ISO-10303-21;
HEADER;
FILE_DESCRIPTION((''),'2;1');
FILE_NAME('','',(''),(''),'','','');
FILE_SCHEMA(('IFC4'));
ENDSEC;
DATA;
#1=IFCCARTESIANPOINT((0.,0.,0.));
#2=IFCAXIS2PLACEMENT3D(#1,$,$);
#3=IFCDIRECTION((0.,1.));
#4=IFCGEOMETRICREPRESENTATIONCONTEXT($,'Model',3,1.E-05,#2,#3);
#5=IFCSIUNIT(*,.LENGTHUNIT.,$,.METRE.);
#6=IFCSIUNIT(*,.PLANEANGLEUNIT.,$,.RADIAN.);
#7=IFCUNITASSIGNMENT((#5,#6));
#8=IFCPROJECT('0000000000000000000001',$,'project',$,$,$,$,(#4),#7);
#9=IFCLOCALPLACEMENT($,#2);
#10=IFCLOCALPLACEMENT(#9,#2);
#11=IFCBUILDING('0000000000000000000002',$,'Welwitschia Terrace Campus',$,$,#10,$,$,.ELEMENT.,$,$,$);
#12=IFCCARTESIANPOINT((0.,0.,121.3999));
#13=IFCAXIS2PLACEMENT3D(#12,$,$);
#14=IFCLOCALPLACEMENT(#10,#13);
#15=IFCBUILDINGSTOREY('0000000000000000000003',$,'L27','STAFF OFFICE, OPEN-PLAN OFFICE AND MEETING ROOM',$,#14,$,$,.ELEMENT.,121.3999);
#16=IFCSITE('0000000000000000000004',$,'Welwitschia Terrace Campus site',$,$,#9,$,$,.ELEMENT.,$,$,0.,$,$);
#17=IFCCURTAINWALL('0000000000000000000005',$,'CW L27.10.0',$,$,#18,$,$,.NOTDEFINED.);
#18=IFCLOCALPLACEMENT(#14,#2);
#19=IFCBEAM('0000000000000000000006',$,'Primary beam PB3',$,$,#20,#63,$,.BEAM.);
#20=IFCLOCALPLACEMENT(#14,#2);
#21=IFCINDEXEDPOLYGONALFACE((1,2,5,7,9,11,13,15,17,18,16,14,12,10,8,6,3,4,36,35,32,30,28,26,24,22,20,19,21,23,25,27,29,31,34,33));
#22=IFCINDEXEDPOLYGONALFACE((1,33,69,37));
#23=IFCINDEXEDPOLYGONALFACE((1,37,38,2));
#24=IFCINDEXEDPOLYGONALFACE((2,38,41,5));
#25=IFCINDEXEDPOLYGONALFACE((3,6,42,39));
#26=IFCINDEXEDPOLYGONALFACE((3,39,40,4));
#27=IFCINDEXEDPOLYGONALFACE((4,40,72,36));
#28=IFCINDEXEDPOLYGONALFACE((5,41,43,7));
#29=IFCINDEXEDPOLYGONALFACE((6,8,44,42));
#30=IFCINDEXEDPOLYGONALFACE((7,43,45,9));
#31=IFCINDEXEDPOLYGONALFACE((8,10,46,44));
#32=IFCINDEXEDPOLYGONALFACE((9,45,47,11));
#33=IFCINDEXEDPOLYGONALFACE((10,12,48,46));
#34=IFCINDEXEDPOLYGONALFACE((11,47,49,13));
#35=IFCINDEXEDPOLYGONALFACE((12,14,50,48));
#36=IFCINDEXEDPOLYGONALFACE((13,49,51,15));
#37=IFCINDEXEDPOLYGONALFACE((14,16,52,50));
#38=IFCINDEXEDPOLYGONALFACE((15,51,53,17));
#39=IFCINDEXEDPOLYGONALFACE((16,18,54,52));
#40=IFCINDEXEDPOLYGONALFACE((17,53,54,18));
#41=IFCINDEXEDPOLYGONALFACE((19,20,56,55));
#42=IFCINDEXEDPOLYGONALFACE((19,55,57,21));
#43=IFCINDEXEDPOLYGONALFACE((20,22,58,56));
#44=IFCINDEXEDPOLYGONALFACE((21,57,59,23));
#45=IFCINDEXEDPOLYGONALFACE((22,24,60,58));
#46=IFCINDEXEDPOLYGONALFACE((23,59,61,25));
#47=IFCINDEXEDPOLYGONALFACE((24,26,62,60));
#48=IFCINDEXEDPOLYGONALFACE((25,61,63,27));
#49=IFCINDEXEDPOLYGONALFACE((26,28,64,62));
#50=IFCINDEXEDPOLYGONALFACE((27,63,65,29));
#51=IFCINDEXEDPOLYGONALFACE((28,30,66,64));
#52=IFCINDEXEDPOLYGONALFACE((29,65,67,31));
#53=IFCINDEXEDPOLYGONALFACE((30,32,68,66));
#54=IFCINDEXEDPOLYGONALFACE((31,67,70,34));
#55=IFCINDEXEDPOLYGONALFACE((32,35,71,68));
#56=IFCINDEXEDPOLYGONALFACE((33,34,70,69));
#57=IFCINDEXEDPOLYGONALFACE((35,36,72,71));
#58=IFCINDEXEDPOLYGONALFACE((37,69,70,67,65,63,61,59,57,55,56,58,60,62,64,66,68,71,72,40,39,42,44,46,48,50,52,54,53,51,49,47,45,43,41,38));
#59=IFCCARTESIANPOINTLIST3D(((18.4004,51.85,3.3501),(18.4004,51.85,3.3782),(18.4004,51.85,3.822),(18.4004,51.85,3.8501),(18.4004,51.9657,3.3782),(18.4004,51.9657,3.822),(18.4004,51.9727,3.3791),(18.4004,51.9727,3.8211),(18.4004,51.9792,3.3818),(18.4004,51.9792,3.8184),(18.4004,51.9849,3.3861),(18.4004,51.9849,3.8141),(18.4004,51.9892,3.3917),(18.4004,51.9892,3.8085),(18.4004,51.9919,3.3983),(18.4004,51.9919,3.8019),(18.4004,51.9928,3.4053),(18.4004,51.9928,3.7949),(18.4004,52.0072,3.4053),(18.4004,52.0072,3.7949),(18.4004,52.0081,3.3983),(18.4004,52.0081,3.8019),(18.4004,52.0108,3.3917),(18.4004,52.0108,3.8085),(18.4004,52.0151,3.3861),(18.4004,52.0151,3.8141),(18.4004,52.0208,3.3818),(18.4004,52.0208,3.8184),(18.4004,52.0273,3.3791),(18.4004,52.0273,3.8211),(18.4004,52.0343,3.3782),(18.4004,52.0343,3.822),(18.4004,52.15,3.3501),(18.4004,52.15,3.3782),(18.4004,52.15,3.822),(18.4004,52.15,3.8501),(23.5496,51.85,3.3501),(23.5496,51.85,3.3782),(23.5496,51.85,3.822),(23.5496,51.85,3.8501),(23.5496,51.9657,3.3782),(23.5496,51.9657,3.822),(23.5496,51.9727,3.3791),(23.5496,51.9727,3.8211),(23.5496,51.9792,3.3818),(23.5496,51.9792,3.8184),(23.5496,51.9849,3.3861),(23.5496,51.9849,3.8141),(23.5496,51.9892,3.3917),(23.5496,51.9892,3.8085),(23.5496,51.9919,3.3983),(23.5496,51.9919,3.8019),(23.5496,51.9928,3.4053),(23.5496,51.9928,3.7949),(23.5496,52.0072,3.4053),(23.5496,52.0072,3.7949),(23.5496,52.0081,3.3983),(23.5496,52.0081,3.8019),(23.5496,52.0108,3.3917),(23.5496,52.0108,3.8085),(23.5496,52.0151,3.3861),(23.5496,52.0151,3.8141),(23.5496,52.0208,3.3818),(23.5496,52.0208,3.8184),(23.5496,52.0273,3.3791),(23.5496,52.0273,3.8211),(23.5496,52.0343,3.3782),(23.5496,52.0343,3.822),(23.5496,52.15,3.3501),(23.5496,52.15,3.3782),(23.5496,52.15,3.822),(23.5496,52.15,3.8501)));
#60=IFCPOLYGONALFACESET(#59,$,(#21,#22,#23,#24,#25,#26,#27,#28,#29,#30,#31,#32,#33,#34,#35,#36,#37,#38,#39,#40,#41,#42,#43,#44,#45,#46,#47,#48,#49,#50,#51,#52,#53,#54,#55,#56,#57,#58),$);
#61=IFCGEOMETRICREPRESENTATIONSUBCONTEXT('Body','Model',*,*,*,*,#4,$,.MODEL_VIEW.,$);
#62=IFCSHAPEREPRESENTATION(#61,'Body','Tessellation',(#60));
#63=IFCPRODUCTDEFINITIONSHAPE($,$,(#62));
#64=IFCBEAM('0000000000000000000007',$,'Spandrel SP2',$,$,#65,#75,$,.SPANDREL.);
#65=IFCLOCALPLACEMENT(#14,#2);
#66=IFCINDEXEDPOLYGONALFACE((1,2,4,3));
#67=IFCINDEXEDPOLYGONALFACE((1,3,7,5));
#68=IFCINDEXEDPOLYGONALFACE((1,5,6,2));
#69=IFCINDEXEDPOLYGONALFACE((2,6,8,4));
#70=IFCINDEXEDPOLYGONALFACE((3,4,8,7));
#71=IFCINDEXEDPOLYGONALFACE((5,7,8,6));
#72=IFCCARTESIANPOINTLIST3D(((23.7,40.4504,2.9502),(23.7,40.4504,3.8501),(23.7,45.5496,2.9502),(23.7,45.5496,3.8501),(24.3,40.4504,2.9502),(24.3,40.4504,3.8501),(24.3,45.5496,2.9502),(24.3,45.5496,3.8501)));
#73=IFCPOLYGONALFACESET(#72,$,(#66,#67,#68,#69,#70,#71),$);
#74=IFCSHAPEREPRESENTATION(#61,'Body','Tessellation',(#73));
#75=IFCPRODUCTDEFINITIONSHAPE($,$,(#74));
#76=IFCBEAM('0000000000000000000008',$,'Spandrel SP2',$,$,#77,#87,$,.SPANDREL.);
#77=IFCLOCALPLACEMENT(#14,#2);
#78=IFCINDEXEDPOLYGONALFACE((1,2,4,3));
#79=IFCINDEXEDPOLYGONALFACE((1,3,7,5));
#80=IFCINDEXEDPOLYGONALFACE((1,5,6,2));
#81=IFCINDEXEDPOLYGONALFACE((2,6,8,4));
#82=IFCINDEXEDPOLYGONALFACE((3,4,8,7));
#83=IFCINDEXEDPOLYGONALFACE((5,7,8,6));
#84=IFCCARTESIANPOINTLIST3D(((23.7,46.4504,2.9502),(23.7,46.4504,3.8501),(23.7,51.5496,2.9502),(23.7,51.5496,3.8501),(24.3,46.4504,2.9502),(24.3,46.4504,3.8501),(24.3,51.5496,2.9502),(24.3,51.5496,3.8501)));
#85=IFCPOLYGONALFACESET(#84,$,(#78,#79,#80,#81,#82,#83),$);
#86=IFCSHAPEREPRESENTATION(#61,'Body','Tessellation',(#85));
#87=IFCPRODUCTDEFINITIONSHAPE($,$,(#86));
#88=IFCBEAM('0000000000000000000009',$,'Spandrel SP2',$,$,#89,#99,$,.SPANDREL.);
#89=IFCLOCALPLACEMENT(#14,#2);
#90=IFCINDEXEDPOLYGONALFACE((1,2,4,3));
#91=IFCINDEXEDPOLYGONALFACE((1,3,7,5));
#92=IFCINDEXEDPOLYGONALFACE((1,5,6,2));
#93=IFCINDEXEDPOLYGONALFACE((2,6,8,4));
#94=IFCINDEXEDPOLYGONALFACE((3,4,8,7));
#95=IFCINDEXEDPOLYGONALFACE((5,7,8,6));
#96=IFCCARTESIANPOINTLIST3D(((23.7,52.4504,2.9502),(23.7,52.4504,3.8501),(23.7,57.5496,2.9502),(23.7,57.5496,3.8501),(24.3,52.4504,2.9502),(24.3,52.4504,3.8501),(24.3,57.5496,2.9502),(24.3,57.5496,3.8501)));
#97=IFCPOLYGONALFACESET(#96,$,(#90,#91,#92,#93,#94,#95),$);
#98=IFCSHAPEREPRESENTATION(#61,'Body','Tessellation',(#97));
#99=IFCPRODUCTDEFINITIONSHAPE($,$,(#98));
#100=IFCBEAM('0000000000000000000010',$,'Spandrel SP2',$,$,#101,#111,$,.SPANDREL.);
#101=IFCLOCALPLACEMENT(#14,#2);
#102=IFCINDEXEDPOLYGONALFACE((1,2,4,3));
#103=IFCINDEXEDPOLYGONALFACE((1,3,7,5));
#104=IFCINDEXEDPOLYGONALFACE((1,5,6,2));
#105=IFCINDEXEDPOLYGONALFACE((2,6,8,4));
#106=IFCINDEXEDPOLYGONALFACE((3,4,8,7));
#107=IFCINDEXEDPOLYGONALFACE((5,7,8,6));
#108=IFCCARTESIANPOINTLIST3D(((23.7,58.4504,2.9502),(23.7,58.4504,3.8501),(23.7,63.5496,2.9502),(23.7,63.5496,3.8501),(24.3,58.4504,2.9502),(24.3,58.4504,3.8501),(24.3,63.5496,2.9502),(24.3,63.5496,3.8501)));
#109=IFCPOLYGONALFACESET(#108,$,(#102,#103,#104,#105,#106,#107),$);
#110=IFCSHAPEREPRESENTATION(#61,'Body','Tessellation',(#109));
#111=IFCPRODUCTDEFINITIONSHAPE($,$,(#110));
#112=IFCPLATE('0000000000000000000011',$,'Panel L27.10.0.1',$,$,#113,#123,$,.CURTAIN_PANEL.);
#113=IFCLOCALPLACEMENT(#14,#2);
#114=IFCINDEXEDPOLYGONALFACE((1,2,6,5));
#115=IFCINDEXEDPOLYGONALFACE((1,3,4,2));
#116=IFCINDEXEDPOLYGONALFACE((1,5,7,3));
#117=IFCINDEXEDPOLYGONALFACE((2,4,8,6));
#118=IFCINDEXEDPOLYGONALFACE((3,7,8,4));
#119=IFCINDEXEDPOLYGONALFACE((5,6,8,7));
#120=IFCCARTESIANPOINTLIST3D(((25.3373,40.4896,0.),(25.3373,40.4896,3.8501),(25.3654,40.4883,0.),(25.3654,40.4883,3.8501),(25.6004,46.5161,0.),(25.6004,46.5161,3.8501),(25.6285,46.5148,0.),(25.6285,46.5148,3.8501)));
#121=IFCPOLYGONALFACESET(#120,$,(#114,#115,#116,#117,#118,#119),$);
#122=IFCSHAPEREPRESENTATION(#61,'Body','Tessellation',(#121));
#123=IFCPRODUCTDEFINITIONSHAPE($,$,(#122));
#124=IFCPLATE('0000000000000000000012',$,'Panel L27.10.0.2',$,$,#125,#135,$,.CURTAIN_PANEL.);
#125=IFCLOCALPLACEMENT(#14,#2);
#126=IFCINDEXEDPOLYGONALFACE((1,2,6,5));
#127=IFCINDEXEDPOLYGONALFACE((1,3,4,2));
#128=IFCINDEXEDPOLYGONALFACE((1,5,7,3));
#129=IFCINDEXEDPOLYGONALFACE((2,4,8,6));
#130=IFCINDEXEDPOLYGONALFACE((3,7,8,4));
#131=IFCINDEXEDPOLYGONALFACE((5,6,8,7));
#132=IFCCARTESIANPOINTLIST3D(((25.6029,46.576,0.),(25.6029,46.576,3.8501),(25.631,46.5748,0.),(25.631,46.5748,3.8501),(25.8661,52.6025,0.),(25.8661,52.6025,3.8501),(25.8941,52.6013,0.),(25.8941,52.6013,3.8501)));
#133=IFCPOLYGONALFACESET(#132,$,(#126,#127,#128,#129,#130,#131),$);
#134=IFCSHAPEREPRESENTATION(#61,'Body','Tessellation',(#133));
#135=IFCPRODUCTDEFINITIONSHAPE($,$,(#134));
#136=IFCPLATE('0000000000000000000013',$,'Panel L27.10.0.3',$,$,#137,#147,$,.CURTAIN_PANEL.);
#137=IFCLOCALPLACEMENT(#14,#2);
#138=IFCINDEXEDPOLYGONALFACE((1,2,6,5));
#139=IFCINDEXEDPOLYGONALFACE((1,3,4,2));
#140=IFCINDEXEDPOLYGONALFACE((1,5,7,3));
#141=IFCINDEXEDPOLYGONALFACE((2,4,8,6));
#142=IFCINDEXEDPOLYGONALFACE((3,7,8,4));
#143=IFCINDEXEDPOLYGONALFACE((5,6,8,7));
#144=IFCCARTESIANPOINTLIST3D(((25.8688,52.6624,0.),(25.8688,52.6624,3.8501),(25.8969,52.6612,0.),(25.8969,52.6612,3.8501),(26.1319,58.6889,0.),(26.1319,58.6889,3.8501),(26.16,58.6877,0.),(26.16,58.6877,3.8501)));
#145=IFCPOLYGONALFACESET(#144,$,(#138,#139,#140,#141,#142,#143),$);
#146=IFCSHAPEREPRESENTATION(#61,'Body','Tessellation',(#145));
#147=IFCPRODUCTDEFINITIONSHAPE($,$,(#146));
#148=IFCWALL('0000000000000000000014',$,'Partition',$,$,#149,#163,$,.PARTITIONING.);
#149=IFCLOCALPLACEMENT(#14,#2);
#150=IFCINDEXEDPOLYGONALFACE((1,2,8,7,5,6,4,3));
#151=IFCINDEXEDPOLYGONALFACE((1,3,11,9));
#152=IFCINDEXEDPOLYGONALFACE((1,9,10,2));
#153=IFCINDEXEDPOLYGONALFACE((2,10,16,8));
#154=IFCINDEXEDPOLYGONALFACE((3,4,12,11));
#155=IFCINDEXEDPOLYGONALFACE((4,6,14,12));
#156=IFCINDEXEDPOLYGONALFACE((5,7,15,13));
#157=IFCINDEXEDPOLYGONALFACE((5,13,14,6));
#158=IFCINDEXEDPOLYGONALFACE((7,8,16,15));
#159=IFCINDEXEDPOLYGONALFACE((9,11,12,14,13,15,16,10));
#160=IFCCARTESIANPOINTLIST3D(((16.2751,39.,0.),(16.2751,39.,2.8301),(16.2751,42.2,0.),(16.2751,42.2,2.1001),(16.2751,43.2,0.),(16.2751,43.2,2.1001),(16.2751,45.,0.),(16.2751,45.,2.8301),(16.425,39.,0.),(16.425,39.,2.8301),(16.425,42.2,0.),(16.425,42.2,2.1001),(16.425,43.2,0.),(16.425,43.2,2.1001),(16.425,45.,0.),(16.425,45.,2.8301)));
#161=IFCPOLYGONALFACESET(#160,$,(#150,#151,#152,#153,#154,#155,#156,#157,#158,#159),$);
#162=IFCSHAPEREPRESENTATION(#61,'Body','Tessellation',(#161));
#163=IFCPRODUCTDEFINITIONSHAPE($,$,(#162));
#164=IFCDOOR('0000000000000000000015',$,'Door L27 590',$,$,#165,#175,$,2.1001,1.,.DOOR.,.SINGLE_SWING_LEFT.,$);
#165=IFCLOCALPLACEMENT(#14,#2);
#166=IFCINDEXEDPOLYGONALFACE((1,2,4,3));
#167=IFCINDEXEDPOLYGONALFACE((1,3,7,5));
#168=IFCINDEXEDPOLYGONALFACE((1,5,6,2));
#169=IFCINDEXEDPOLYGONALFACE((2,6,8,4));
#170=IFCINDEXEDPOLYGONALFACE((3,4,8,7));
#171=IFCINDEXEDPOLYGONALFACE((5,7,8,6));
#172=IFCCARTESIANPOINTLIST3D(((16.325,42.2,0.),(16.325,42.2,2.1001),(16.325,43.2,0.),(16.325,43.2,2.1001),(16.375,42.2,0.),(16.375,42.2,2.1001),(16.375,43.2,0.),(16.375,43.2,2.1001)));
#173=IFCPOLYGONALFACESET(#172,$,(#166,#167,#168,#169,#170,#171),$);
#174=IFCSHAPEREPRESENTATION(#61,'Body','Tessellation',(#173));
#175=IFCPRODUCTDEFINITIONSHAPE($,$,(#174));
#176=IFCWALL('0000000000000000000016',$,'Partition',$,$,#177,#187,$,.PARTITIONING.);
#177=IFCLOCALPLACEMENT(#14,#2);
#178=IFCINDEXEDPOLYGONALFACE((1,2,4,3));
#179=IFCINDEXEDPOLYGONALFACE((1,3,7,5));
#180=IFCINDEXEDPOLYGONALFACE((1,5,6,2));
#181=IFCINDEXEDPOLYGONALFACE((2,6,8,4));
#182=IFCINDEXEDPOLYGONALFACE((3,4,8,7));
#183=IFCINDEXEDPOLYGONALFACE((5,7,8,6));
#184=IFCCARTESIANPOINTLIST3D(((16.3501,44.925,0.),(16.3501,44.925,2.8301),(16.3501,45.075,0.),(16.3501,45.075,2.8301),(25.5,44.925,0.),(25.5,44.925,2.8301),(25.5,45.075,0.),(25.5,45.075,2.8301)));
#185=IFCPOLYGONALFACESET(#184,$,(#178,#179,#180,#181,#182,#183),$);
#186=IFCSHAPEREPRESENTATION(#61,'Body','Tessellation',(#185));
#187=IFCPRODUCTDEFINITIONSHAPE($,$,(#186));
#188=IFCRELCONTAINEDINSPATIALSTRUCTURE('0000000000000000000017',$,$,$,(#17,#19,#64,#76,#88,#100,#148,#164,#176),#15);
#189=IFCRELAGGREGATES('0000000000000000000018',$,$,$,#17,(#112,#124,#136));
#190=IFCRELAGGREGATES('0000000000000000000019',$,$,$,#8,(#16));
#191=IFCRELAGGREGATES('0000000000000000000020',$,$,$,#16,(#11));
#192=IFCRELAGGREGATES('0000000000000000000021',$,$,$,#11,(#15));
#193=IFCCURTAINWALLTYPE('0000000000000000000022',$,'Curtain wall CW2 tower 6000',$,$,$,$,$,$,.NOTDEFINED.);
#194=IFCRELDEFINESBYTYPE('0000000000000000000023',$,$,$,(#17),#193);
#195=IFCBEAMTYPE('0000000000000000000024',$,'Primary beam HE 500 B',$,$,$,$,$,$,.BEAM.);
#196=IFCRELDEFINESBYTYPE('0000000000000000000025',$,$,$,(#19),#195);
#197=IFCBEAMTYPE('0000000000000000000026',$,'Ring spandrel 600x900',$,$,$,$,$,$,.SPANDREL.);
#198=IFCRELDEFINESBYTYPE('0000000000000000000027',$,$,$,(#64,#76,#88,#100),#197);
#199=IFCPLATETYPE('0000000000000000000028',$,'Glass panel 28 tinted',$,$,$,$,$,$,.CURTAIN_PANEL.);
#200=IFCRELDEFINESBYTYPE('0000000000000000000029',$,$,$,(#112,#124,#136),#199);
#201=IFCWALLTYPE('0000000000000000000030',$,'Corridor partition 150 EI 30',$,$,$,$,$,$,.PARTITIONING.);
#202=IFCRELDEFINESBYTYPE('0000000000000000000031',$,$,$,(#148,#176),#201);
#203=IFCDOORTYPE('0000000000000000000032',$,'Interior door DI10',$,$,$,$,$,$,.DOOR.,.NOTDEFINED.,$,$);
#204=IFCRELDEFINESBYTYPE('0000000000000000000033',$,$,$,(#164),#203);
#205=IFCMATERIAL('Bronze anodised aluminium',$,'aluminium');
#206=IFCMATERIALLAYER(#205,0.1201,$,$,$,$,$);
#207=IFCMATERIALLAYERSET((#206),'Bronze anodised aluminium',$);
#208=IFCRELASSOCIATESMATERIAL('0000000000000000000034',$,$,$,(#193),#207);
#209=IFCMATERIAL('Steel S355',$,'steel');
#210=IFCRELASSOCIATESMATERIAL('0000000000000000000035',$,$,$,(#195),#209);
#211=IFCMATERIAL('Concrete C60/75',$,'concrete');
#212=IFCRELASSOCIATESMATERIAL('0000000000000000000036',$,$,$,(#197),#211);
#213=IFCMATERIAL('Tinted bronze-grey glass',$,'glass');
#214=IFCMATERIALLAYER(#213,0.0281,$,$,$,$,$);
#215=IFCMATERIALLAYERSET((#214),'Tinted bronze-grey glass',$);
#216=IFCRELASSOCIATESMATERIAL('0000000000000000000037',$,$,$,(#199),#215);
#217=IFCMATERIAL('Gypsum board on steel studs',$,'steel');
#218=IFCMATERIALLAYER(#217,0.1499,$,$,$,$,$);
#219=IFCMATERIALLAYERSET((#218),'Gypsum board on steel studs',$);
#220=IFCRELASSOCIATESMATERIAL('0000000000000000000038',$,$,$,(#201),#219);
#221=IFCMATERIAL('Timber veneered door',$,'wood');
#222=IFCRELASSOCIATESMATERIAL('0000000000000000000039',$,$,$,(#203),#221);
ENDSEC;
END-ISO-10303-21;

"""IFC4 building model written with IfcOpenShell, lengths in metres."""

from ifc_helpers import new_model, si_unit, direction, frame, frame_2d, origin, origin_2d, place, context, subcontext, project, spatial, rectangle, i_section, extrude, material, layer, layer_set, material_profile, profile_set, type_object, element, fill, aggregate, save


model = new_model("IFC4")

# Units and contexts
model_context = context("Model", 3, precision=1e-05, world=origin(), true_north=direction((0.0, 1.0)))
body_context = subcontext(model_context, "Body", "Model", "MODEL_VIEW")
ifc_project = project(units=[si_unit("LENGTHUNIT", "METRE"), si_unit("PLANEANGLEUNIT", "RADIAN")], contexts=[model_context])

# Site, building, storey
site_placement = place(None, origin())
site = spatial("IfcSite", under=ifc_project, at=site_placement, Name="Welwitschia Terrace Campus site", CompositionType="ELEMENT", RefElevation=0.0)
building_placement = place(site_placement, origin())
building = spatial("IfcBuilding", under=site, at=building_placement, Name="Welwitschia Terrace Campus", CompositionType="ELEMENT")
storey_placement = place(building_placement, frame((0.0, 0.0, 121.3999)))
storey = spatial("IfcBuildingStorey", under=building, at=storey_placement, Name="L27", Description="STAFF OFFICE, OPEN-PLAN OFFICE AND MEETING ROOM", CompositionType="ELEMENT", Elevation=121.3999)

# Curtain wall
ifc_material_1 = material(Name="Bronze anodised aluminium", Category="aluminium")
ifc_layer_1 = layer(ifc_material_1, 0.1201)
ifc_layer_set_1 = layer_set([ifc_layer_1], Name="Bronze anodised aluminium")
curtain_wall_type = type_object("IfcCurtainWallType", Name="Curtain wall CW2 tower 6000", PredefinedType="NOTDEFINED", material=ifc_layer_set_1)
curtain_wall_placement = place(storey_placement, origin())
curtain_wall = element("IfcCurtainWall", 1, at=curtain_wall_placement, inside=storey, type_object=curtain_wall_type, Name="CW L27.10.0", PredefinedType="NOTDEFINED")

# Beams
ifc_material_2 = material(Name="Steel S355", Category="steel")
ifc_material_profile_1 = material_profile(ifc_material_2, i_section(OverallWidth=0.3, OverallDepth=0.5, WebThickness=0.0144, FlangeThickness=0.0281, FilletRadius=0.0271, at=origin_2d()))
ifc_profile_set_1 = profile_set([ifc_material_profile_1], Name="Steel S355")
beam_type_1 = type_object("IfcBeamType", Name="Primary beam HE 500 B", PredefinedType="BEAM", material=ifc_profile_set_1)
beam_placement = place(storey_placement, frame((23.5496, 52.0, 3.6001), z_axis=(-1.0, 0.0, 0.0), x_axis=(0.0, -1.0, 0.0)))
element("IfcBeam", 2, at=beam_placement, inside=storey, type_object=beam_type_1, Name="Primary beam PB3", PredefinedType="BEAM", context=body_context, shape_type="SweptSolid", body=[
    extrude(i_section(OverallWidth=0.3, OverallDepth=0.5, WebThickness=0.0144, FlangeThickness=0.0281, FilletRadius=0.0271, at=origin_2d()), origin(), (0.0, 0.0, 1.0), 5.1492),
])
ifc_material_3 = material(Name="Concrete C60/75", Category="concrete")
ifc_material_profile_2 = material_profile(ifc_material_3, rectangle(XDim=0.6001, YDim=0.8999, at=origin_2d()))
ifc_profile_set_2 = profile_set([ifc_material_profile_2], Name="Concrete C60/75")
beam_type_2 = type_object("IfcBeamType", Name="Ring spandrel 600x900", PredefinedType="SPANDREL", material=ifc_profile_set_2)
for number, where, z_axis, x_axis, name in (
    (3, (24.0, 40.4504, 3.4001), (0.0, 1.0, 0.0), (-1.0, 0.0, 0.0), "Spandrel SP2"),
    (4, (24.0, 46.4504, 3.4001), (0.0, 1.0, 0.0), (-1.0, 0.0, 0.0), "Spandrel SP2"),
    (5, (24.0, 52.4504, 3.4001), (0.0, 1.0, 0.0), (-1.0, 0.0, 0.0), "Spandrel SP2"),
    (6, (24.0, 58.4504, 3.4001), (0.0, 1.0, 0.0), (-1.0, 0.0, 0.0), "Spandrel SP2"),
):
    element("IfcBeam", number, at=place(storey_placement, frame(where, z_axis=z_axis, x_axis=x_axis)), inside=storey, type_object=beam_type_2, Name=name, PredefinedType="SPANDREL", context=body_context, shape_type="SweptSolid", body=[
        extrude(rectangle(XDim=0.6001, YDim=0.8999, at=origin_2d()), origin(), (0.0, 0.0, 1.0), 5.0991),
    ])

# Plates
ifc_material_4 = material(Name="Tinted bronze-grey glass", Category="glass")
ifc_layer_2 = layer(ifc_material_4, 0.0281)
ifc_layer_set_2 = layer_set([ifc_layer_2], Name="Tinted bronze-grey glass")
plate_type = type_object("IfcPlateType", Name="Glass panel 28 tinted", PredefinedType="CURTAIN_PANEL", material=ifc_layer_set_2)
plate_1_placement = place(storey_placement, frame((25.4829, 43.5022, 0.0), z_axis=(0.0, 0.0, 1.0), x_axis=(0.043619, 0.999048, 0.0)))
plate_1 = element("IfcPlate", 7, at=plate_1_placement, type_object=plate_type, Name="Panel L27.10.0.1", PredefinedType="CURTAIN_PANEL", context=body_context, shape_type="SweptSolid", body=[
    extrude(rectangle(XDim=6.0322, YDim=0.0281, at=origin_2d()), origin(), (0.0, 0.0, 1.0), 3.8501),
])
plate_2_placement = place(storey_placement, frame((25.7485, 49.5886, 0.0), z_axis=(0.0, 0.0, 1.0), x_axis=(0.043619, 0.999048, 0.0)))
plate_2 = element("IfcPlate", 8, at=plate_2_placement, type_object=plate_type, Name="Panel L27.10.0.2", PredefinedType="CURTAIN_PANEL", context=body_context, shape_type="SweptSolid", body=[
    extrude(rectangle(XDim=6.0322, YDim=0.0281, at=origin_2d()), origin(), (0.0, 0.0, 1.0), 3.8501),
])
plate_3_placement = place(storey_placement, frame((26.0144, 55.675, 0.0), z_axis=(0.0, 0.0, 1.0), x_axis=(0.043619, 0.999048, 0.0)))
plate_3 = element("IfcPlate", 9, at=plate_3_placement, type_object=plate_type, Name="Panel L27.10.0.3", PredefinedType="CURTAIN_PANEL", context=body_context, shape_type="SweptSolid", body=[
    extrude(rectangle(XDim=6.0322, YDim=0.0281, at=origin_2d()), origin(), (0.0, 0.0, 1.0), 3.8501),
])
aggregate(curtain_wall, [plate_1, plate_2, plate_3])

# Wall, opening, door
ifc_material_5 = material(Name="Gypsum board on steel studs", Category="steel")
ifc_layer_3 = layer(ifc_material_5, 0.1499)
ifc_layer_set_3 = layer_set([ifc_layer_3], Name="Gypsum board on steel studs")
wall_type = type_object("IfcWallType", Name="Corridor partition 150 EI 30", PredefinedType="PARTITIONING", material=ifc_layer_set_3)
wall_1_placement = place(storey_placement, frame((16.3501, 45.0, 0.0), z_axis=(0.0, 0.0, 1.0), x_axis=(0.0, -1.0, 0.0)))
wall_1 = element("IfcWall", 10, at=wall_1_placement, inside=storey, type_object=wall_type, Name="Partition", PredefinedType="PARTITIONING", context=body_context, shape_type="SweptSolid", body=[
    extrude(rectangle(XDim=6.0, YDim=0.1499, at=frame_2d((3.0, 0.0))), origin(), (0.0, 0.0, 1.0), 2.8301),
])
opening_1_placement = place(wall_1_placement, frame((1.8, 0.0, 0.0)))
opening_1 = element("IfcOpeningElement", 11, at=opening_1_placement, cuts=wall_1, PredefinedType="OPENING", context=body_context, shape_type="SweptSolid", body=[
    extrude(rectangle(XDim=1.0, YDim=2.1001, at=frame_2d((0.5, 1.05))), frame((0.0, 0.085, 0.0), z_axis=(0.0, -1.0, 0.0), x_axis=(1.0, 0.0, 0.0)), (0.0, 0.0, 1.0), 0.1699),
])
ifc_material_6 = material(Name="Timber veneered door", Category="wood")
door_type_1 = type_object("IfcDoorType", Name="Interior door DI10", OperationType="NOTDEFINED", PredefinedType="DOOR", material=ifc_material_6)
door_1_placement = place(opening_1_placement, origin())
door_1 = element("IfcDoor", 12, at=door_1_placement, inside=storey, type_object=door_type_1, Name="Door L27 590", OperationType="SINGLE_SWING_LEFT", OverallHeight=2.1001, OverallWidth=1.0, PredefinedType="DOOR", context=body_context, shape_type="SweptSolid", body=[
    extrude(rectangle(XDim=1.0, YDim=2.1001, at=frame_2d((0.5, 1.05))), frame((0.0, 0.0249, 0.0), z_axis=(0.0, -1.0, 0.0), x_axis=(1.0, 0.0, 0.0)), (0.0, 0.0, 1.0), 0.05),
])
fill(opening_1, door_1)

# Wall
wall_2_placement = place(storey_placement, frame((16.3501, 45.0, 0.0), z_axis=(0.0, 0.0, 1.0), x_axis=(1.0, 0.0, 0.0)))
element("IfcWall", 13, at=wall_2_placement, inside=storey, type_object=wall_type, Name="Partition", PredefinedType="PARTITIONING", context=body_context, shape_type="SweptSolid", body=[
    extrude(rectangle(XDim=9.1499, YDim=0.1499, at=frame_2d((4.575, 0.0))), origin(), (0.0, 0.0, 1.0), 2.8301),
])

save(model, "model.ifc")
